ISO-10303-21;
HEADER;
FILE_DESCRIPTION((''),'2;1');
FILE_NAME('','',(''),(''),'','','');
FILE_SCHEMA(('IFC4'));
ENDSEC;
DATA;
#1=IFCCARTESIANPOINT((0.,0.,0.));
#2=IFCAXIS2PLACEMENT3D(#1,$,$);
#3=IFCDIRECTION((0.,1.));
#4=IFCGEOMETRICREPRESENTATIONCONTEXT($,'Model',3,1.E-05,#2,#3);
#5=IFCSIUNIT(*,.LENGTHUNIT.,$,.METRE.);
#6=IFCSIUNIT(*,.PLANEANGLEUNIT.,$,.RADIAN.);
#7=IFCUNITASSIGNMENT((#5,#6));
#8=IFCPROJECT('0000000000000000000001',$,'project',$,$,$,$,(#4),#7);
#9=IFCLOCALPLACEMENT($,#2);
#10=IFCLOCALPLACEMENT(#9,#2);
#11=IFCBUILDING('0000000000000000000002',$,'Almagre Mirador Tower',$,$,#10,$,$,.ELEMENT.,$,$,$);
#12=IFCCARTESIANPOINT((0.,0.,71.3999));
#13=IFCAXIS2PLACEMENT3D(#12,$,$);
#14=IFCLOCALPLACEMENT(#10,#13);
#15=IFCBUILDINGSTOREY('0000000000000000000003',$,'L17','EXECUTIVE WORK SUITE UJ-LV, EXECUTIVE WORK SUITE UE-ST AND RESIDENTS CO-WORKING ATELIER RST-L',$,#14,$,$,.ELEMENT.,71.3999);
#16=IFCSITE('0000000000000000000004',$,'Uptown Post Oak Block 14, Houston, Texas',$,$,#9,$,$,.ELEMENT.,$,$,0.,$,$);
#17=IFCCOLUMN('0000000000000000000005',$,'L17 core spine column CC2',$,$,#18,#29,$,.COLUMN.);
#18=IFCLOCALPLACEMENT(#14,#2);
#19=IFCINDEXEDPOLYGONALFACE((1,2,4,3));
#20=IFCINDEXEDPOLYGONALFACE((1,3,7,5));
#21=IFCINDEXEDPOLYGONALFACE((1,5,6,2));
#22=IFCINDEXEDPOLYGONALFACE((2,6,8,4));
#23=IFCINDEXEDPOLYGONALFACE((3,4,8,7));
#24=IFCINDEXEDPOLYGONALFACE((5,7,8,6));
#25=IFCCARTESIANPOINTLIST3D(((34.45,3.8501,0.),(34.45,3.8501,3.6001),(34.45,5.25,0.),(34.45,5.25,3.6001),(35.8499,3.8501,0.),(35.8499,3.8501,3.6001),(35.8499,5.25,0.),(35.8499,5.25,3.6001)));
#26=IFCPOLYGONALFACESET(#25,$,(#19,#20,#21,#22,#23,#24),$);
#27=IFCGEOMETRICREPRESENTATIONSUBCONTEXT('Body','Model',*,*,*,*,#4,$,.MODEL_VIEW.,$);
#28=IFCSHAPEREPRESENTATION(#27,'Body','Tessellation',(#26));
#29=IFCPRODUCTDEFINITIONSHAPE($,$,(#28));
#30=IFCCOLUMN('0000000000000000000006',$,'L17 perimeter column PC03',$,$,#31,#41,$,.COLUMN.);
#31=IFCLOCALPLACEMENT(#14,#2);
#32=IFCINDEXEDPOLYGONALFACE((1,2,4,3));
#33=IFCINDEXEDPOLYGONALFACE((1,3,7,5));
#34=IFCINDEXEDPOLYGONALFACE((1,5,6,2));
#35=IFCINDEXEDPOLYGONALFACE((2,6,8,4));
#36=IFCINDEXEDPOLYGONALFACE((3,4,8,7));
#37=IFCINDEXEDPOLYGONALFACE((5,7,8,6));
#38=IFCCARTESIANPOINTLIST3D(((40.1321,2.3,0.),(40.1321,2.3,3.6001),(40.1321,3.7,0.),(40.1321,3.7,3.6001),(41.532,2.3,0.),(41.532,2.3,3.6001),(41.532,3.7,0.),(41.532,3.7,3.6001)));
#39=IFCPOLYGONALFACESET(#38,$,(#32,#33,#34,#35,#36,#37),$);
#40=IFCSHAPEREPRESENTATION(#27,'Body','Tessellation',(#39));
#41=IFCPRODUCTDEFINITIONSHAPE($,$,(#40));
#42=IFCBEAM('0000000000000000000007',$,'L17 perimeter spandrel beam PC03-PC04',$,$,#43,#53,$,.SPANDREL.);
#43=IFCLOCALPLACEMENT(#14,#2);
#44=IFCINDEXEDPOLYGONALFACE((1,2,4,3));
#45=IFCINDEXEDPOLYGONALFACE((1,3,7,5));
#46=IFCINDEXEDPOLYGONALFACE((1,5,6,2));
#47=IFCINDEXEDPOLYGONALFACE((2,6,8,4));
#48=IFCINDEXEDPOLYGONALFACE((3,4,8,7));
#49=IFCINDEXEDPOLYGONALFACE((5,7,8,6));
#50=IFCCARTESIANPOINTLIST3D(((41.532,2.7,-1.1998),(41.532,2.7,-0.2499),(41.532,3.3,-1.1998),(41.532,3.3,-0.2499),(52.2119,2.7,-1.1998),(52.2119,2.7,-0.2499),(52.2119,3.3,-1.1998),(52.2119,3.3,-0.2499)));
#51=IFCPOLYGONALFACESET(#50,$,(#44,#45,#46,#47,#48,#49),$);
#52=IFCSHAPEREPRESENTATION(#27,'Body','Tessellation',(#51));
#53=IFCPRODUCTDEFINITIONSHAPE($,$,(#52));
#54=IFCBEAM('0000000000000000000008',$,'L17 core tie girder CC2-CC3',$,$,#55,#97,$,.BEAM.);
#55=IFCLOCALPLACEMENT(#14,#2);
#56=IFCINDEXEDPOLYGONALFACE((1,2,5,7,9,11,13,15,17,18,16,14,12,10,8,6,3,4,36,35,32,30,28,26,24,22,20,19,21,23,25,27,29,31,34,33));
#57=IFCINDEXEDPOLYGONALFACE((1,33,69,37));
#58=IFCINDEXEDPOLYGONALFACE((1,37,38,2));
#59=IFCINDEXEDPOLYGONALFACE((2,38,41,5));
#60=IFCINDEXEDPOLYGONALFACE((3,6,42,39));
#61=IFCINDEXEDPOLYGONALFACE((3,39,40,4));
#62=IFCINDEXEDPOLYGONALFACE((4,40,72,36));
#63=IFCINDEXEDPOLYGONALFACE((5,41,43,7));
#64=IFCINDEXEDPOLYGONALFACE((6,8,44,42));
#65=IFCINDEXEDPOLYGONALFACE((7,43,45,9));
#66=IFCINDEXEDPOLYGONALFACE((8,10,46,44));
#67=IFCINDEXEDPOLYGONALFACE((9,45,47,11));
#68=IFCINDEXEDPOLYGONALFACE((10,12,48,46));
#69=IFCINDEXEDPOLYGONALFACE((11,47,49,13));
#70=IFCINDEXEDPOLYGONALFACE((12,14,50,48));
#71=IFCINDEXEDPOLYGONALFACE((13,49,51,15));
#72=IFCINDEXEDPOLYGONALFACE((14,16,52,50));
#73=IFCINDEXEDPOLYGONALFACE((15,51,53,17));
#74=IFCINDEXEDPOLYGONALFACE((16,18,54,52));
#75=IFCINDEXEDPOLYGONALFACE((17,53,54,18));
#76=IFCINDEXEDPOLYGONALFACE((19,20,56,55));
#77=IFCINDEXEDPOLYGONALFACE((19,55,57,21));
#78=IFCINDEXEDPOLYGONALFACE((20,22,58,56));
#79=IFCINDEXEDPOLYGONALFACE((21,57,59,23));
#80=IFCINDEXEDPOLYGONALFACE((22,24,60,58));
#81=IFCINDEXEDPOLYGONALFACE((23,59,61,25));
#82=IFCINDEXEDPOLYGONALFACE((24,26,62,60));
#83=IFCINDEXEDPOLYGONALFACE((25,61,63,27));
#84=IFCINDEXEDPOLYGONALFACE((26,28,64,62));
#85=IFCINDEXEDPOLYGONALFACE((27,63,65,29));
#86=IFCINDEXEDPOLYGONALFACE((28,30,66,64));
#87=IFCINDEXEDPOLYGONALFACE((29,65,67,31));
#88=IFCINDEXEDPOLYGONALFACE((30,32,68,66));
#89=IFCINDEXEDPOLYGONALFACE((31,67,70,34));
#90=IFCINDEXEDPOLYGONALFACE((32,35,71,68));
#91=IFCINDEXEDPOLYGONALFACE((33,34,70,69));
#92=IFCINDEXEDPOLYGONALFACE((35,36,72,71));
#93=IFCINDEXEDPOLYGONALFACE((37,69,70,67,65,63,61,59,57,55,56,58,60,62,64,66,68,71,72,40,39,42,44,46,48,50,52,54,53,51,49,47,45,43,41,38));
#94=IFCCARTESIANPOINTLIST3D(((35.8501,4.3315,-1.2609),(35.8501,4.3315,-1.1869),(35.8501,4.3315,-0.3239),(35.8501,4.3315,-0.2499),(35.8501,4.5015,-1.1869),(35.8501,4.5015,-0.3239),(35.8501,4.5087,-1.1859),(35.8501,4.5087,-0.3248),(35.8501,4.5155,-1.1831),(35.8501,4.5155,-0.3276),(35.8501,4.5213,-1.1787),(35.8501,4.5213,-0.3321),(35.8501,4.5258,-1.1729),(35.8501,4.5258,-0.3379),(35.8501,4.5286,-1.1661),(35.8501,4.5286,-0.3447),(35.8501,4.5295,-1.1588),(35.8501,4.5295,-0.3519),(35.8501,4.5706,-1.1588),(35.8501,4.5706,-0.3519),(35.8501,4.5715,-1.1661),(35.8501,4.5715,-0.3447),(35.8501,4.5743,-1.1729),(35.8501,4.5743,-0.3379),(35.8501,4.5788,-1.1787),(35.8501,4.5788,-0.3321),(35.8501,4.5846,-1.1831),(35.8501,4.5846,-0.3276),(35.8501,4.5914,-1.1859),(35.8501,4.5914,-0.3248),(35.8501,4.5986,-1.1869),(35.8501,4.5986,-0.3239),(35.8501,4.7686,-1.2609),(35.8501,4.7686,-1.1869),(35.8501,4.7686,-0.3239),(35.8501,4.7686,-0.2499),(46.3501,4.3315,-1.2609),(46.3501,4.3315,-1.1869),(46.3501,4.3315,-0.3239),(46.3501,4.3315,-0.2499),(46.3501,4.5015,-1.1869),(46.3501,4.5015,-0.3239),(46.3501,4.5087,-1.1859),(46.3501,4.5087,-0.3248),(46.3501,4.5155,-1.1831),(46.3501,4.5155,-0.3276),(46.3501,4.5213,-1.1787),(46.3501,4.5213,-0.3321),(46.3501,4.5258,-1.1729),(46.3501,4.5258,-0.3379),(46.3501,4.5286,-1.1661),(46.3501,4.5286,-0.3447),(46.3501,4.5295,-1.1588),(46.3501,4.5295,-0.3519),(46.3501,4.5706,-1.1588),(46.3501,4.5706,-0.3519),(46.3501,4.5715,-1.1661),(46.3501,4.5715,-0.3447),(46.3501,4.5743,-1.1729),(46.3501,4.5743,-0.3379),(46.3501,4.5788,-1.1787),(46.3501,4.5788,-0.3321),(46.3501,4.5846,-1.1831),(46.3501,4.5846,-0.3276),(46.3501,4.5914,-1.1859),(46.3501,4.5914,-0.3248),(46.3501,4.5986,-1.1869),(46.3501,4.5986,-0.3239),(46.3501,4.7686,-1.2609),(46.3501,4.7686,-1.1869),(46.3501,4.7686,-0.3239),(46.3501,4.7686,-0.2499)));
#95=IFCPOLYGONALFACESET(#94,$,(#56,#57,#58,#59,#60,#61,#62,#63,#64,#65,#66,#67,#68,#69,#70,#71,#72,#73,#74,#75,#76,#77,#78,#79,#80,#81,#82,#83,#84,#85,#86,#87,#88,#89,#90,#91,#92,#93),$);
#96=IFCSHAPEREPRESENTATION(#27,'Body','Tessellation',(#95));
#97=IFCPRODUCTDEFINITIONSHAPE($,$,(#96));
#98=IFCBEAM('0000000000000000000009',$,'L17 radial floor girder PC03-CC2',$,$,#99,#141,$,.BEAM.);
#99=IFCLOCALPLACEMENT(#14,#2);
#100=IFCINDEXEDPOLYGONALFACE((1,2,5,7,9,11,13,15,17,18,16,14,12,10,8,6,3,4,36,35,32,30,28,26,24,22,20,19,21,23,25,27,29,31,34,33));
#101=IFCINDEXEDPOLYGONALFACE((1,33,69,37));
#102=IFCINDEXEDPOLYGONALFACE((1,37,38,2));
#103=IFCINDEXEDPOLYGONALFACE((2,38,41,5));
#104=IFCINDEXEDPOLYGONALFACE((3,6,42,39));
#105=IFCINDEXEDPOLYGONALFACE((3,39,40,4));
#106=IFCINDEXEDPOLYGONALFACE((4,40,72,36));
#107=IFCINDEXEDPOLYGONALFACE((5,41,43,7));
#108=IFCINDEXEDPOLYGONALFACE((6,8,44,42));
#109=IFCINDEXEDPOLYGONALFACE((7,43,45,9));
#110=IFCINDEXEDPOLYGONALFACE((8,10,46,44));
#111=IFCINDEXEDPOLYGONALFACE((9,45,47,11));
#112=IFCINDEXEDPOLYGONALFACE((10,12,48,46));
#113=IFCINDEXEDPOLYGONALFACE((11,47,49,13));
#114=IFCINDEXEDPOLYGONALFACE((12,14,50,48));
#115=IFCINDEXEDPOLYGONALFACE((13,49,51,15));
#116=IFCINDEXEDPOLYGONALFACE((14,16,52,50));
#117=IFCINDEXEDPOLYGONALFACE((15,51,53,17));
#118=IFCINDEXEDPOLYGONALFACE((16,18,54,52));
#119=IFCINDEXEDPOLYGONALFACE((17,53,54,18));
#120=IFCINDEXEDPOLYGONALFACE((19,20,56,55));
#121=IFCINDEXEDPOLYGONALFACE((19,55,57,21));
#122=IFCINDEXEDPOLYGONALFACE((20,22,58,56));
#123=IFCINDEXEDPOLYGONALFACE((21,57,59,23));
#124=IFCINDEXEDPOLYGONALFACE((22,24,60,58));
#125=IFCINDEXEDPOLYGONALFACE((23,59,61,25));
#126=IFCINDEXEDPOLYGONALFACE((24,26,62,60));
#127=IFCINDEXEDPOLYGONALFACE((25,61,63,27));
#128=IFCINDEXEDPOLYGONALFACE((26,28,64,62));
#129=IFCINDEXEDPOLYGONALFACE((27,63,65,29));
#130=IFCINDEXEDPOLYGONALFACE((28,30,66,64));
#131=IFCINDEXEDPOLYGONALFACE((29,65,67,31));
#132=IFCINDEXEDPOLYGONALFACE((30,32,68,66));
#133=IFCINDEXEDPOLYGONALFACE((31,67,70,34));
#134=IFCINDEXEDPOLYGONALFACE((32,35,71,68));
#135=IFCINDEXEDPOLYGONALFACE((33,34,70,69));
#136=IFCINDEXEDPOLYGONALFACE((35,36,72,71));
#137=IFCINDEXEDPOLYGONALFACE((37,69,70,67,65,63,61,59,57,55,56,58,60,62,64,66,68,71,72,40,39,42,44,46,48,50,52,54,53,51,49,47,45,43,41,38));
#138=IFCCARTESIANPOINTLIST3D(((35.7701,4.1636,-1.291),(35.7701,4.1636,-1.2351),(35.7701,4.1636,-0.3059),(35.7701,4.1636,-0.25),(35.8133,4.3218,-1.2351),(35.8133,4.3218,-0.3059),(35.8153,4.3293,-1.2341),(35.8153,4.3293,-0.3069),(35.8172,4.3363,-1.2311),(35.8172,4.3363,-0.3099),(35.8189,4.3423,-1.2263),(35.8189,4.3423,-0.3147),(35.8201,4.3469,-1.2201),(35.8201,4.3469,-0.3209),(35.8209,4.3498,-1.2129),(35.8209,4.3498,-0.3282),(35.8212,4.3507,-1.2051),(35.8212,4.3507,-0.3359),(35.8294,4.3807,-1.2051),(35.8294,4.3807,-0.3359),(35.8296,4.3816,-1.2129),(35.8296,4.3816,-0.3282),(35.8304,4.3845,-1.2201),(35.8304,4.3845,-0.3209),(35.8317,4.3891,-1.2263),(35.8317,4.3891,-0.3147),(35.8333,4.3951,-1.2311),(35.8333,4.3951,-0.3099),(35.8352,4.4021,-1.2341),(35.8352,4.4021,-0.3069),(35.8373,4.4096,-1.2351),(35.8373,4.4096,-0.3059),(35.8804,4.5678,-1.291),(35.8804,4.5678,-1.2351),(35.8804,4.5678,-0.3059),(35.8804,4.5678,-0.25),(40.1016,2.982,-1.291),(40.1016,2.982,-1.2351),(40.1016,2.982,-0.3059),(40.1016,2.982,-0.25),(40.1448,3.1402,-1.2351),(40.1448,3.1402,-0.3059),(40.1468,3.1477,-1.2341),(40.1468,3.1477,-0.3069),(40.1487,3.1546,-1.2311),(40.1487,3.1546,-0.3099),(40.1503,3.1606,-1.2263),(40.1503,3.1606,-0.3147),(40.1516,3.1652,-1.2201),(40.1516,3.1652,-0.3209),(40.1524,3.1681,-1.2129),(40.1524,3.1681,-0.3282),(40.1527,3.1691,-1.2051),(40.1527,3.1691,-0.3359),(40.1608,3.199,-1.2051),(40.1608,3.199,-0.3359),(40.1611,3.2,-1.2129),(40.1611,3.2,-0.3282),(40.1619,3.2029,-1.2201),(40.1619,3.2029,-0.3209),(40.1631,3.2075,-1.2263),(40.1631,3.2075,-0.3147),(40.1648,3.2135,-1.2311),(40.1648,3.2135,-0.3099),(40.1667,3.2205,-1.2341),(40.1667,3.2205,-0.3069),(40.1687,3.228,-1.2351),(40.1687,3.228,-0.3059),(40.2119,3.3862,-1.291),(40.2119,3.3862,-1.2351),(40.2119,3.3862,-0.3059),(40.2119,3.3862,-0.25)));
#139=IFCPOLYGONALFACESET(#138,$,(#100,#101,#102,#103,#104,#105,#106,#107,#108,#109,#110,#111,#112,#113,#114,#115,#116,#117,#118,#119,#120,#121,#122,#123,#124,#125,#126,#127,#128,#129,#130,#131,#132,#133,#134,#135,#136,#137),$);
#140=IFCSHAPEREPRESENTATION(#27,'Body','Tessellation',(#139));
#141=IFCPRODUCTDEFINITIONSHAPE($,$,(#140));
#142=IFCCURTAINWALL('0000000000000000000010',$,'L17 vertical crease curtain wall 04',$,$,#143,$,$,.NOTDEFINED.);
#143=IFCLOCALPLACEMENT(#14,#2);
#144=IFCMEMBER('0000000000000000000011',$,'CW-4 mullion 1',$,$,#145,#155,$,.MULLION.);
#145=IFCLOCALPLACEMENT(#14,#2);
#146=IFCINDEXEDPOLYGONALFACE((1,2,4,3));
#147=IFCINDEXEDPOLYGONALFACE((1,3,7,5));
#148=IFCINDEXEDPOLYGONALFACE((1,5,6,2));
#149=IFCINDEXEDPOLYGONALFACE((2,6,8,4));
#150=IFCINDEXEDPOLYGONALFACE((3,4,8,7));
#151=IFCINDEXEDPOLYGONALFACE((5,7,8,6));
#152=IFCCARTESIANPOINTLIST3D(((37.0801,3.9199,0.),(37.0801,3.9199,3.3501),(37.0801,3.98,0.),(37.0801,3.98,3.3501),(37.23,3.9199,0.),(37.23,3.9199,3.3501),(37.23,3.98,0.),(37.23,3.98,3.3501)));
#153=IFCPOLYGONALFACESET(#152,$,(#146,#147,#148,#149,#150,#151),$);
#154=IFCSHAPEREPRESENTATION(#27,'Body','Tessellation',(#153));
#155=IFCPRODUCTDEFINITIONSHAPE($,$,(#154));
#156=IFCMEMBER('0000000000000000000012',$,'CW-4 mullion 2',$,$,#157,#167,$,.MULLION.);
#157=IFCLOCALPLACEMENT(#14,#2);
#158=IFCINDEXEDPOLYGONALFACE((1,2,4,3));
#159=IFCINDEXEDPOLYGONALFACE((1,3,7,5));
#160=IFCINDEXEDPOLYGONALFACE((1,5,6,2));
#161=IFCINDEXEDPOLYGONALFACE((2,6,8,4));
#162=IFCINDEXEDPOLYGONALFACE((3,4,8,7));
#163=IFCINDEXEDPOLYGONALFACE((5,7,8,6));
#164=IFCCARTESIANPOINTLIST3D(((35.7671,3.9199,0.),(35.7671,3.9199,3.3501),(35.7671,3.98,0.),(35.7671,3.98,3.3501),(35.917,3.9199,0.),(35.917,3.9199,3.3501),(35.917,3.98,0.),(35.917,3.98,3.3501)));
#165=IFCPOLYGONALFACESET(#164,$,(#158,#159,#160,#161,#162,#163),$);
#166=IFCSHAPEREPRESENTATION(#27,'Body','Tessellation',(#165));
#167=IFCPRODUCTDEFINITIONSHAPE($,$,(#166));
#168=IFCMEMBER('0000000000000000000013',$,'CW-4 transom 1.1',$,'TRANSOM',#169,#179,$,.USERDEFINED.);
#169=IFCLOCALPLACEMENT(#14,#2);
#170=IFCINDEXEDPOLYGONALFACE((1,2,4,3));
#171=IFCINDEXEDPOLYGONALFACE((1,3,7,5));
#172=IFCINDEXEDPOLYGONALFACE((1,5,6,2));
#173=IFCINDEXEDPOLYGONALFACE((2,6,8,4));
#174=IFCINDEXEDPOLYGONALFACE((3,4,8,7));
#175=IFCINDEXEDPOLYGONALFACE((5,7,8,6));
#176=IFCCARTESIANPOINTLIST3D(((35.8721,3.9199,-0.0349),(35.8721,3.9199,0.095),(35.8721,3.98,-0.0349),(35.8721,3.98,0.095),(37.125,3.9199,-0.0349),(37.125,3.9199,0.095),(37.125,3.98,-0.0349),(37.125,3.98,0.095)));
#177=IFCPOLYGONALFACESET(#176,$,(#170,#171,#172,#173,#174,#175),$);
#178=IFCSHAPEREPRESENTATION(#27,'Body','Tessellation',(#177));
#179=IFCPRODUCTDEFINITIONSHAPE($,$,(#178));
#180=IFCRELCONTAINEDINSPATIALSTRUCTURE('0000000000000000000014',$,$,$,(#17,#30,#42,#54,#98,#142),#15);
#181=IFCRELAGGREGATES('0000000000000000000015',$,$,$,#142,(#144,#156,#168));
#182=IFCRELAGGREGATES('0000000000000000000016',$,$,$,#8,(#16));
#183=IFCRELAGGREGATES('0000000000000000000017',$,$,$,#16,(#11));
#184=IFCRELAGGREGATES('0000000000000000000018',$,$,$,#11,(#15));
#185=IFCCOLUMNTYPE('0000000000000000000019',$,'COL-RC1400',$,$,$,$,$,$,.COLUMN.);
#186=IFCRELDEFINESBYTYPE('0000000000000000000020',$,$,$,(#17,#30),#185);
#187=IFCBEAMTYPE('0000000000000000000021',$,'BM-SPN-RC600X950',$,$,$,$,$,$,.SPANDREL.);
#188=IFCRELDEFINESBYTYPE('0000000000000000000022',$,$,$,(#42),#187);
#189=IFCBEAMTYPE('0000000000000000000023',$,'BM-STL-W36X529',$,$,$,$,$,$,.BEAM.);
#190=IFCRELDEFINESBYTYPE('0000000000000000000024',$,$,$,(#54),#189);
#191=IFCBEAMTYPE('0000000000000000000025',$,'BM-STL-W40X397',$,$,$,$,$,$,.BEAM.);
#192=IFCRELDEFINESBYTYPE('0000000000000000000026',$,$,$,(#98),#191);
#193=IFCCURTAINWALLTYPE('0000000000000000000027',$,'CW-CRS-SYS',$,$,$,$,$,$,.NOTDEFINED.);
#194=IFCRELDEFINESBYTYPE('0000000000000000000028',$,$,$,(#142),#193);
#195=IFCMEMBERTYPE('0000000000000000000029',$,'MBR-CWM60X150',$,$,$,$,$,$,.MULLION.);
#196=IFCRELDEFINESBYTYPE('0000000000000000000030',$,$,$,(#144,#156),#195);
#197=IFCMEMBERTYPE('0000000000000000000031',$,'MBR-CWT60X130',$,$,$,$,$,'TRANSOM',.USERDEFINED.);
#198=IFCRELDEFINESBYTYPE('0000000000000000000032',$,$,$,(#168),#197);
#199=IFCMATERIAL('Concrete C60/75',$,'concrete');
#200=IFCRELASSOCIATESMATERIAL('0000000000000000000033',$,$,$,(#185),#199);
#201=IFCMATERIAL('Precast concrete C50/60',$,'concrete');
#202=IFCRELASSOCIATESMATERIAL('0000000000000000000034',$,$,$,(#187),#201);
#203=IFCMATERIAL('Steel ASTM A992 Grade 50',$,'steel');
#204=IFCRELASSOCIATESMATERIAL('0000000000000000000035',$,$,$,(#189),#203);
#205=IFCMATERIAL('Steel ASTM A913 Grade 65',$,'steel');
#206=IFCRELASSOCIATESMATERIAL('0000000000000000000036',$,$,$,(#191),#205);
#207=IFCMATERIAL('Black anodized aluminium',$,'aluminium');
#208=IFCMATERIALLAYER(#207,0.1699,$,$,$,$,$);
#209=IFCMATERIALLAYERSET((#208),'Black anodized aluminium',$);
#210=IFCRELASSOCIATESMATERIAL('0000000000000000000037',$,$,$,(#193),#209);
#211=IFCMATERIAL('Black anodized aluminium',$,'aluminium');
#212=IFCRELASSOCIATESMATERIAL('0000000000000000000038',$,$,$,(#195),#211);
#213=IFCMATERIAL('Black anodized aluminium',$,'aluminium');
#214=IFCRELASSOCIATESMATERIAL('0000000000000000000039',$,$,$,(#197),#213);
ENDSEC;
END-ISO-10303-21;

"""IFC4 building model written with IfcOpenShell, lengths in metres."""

from ifc_helpers import new_model, si_unit, direction, frame, origin, origin_2d, place, context, subcontext, project, spatial, rectangle, i_section, extrude, material, layer, layer_set, material_profile, profile_set, type_object, element, aggregate, save


model = new_model("IFC4")

# Units and contexts
model_context = context("Model", 3, precision=1e-05, world=origin(), true_north=direction((0.0, 1.0)))
body_context = subcontext(model_context, "Body", "Model", "MODEL_VIEW")
ifc_project = project(units=[si_unit("LENGTHUNIT", "METRE"), si_unit("PLANEANGLEUNIT", "RADIAN")], contexts=[model_context])

# Site, building, storey
site_placement = place(None, origin())
site = spatial("IfcSite", under=ifc_project, at=site_placement, Name="Uptown Post Oak Block 14, Houston, Texas", CompositionType="ELEMENT", RefElevation=0.0)
building_placement = place(site_placement, origin())
building = spatial("IfcBuilding", under=site, at=building_placement, Name="Almagre Mirador Tower", CompositionType="ELEMENT")
storey_placement = place(building_placement, frame((0.0, 0.0, 71.3999)))
storey = spatial("IfcBuildingStorey", under=building, at=storey_placement, Name="L17", Description="EXECUTIVE WORK SUITE UJ-LV, EXECUTIVE WORK SUITE UE-ST AND RESIDENTS CO-WORKING ATELIER RST-L", CompositionType="ELEMENT", Elevation=71.3999)

# Columns
ifc_material_1 = material(Name="Concrete C60/75", Category="concrete")
ifc_material_profile_1 = material_profile(ifc_material_1, rectangle(XDim=1.3999, YDim=1.3999, at=origin_2d()), Name="RC1400X1400")
ifc_profile_set_1 = profile_set([ifc_material_profile_1], Name="Concrete C60/75")
column_type = type_object("IfcColumnType", Name="COL-RC1400", PredefinedType="COLUMN", material=ifc_profile_set_1)
for number, where, z_axis, x_axis, name in (
    (1, (35.1499, 4.55, 0.0), (0.0, 0.0, 1.0), (1.0, 0.0, 0.0), "L17 core spine column CC2"),
    (2, (40.832, 3.0, 0.0), (0.0, 0.0, 1.0), (1.0, 0.0, 0.0), "L17 perimeter column PC03"),
):
    element("IfcColumn", number, at=place(storey_placement, frame(where, z_axis=z_axis, x_axis=x_axis)), inside=storey, type_object=column_type, Name=name, PredefinedType="COLUMN", context=body_context, shape_type="SweptSolid", body=[
        extrude(rectangle(XDim=1.3999, YDim=1.3999, at=origin_2d()), origin(), (0.0, 0.0, 1.0), 3.6001),
    ])

# Beams
ifc_material_2 = material(Name="Precast concrete C50/60", Category="concrete")
ifc_material_profile_2 = material_profile(ifc_material_2, rectangle(XDim=0.6001, YDim=0.95, at=origin_2d()), Name="RC600X950")
ifc_profile_set_2 = profile_set([ifc_material_profile_2], Name="Precast concrete C50/60")
beam_type_1 = type_object("IfcBeamType", Name="BM-SPN-RC600X950", PredefinedType="SPANDREL", material=ifc_profile_set_2)
beam_1_placement = place(storey_placement, frame((41.532, 3.0, -0.7249), z_axis=(1.0, 0.0, 0.0), x_axis=(0.0, 1.0, 0.0)))
element("IfcBeam", 3, at=beam_1_placement, inside=storey, type_object=beam_type_1, Name="L17 perimeter spandrel beam PC03-PC04", PredefinedType="SPANDREL", context=body_context, shape_type="SweptSolid", body=[
    extrude(rectangle(XDim=0.6001, YDim=0.95, at=origin_2d()), origin(), (0.0, 0.0, 1.0), 10.6799),
])
ifc_material_3 = material(Name="Steel ASTM A992 Grade 50", Category="steel")
ifc_material_profile_3 = material_profile(ifc_material_3, i_section(OverallWidth=0.437, OverallDepth=1.011, WebThickness=0.041, FlangeThickness=0.074, FilletRadius=0.0281, at=origin_2d()), Name="W36X529")
ifc_profile_set_3 = profile_set([ifc_material_profile_3], Name="Steel ASTM A992 Grade 50")
beam_type_2 = type_object("IfcBeamType", Name="BM-STL-W36X529", PredefinedType="BEAM", material=ifc_profile_set_3)
beam_2_placement = place(storey_placement, frame((35.8501, 4.55, -0.7554), z_axis=(1.0, 0.0, 0.0), x_axis=(0.0, 1.0, 0.0)))
element("IfcBeam", 4, at=beam_2_placement, inside=storey, type_object=beam_type_2, Name="L17 core tie girder CC2-CC3", PredefinedType="BEAM", context=body_context, shape_type="SweptSolid", body=[
    extrude(i_section(OverallWidth=0.437, OverallDepth=1.011, WebThickness=0.041, FlangeThickness=0.074, FilletRadius=0.0281, at=origin_2d()), origin(), (0.0, 0.0, 1.0), 10.5),
])
ifc_material_4 = material(Name="Steel ASTM A913 Grade 65", Category="steel")
ifc_material_profile_4 = material_profile(ifc_material_4, i_section(OverallWidth=0.4189, OverallDepth=1.041, WebThickness=0.031, FlangeThickness=0.0559, FilletRadius=0.03, at=origin_2d()), Name="W40X397")
ifc_profile_set_4 = profile_set([ifc_material_profile_4], Name="Steel ASTM A913 Grade 65")
beam_type_3 = type_object("IfcBeamType", Name="BM-STL-W40X397", PredefinedType="BEAM", material=ifc_profile_set_4)
beam_3_placement = place(storey_placement, frame((40.1567, 3.1841, -0.7705), z_axis=(-0.964746, 0.263182, 0.0), x_axis=(-0.263182, -0.964746, 0.0)))
element("IfcBeam", 5, at=beam_3_placement, inside=storey, type_object=beam_type_3, Name="L17 radial floor girder PC03-CC2", PredefinedType="BEAM", context=body_context, shape_type="SweptSolid", body=[
    extrude(i_section(OverallWidth=0.4189, OverallDepth=1.041, WebThickness=0.031, FlangeThickness=0.0559, FilletRadius=0.03, at=origin_2d()), origin(), (0.0, 0.0, 1.0), 4.4897),
])

# Curtain wall, members
ifc_material_5 = material(Name="Black anodized aluminium", Category="aluminium")
ifc_layer_1 = layer(ifc_material_5, 0.1699)
ifc_layer_set_1 = layer_set([ifc_layer_1], Name="Black anodized aluminium")
curtain_wall_type = type_object("IfcCurtainWallType", Name="CW-CRS-SYS", PredefinedType="NOTDEFINED", material=ifc_layer_set_1)
curtain_wall_placement = place(storey_placement, origin())
curtain_wall = element("IfcCurtainWall", 6, at=curtain_wall_placement, inside=storey, type_object=curtain_wall_type, Name="L17 vertical crease curtain wall 04", PredefinedType="NOTDEFINED")
ifc_material_6 = material(Name="Black anodized aluminium", Category="aluminium")
ifc_material_profile_5 = material_profile(ifc_material_6, rectangle(XDim=0.0601, YDim=0.1499, at=origin_2d()), Name="CWM60X150")
ifc_profile_set_5 = profile_set([ifc_material_profile_5], Name="Black anodized aluminium")
member_type_1 = type_object("IfcMemberType", Name="MBR-CWM60X150", PredefinedType="MULLION", material=ifc_profile_set_5)
member_1_placement = place(storey_placement, frame((37.155, 3.95, 0.0), z_axis=(0.0, 0.0, 1.0), x_axis=(0.0, -1.0, 0.0)))
member_1 = element("IfcMember", 7, at=member_1_placement, type_object=member_type_1, Name="CW-4 mullion 1", PredefinedType="MULLION", context=body_context, shape_type="SweptSolid", body=[
    extrude(rectangle(XDim=0.0601, YDim=0.1499, at=origin_2d()), origin(), (0.0, 0.0, 1.0), 3.3501),
])
member_2_placement = place(storey_placement, frame((35.842, 3.95, 0.0), z_axis=(0.0, 0.0, 1.0), x_axis=(0.0, -1.0, 0.0)))
member_2 = element("IfcMember", 8, at=member_2_placement, type_object=member_type_1, Name="CW-4 mullion 2", PredefinedType="MULLION", context=body_context, shape_type="SweptSolid", body=[
    extrude(rectangle(XDim=0.0601, YDim=0.1499, at=origin_2d()), origin(), (0.0, 0.0, 1.0), 3.3501),
])
ifc_material_7 = material(Name="Black anodized aluminium", Category="aluminium")
ifc_material_profile_6 = material_profile(ifc_material_7, rectangle(XDim=0.0601, YDim=0.1299, at=origin_2d()), Name="CWT60X130")
ifc_profile_set_6 = profile_set([ifc_material_profile_6], Name="Black anodized aluminium")
member_type_2 = type_object("IfcMemberType", Name="MBR-CWT60X130", ElementType="TRANSOM", PredefinedType="USERDEFINED", material=ifc_profile_set_6)
member_3_placement = place(storey_placement, frame((37.125, 3.95, 0.03), z_axis=(-1.0, 0.0, 0.0), x_axis=(0.0, -1.0, 0.0)))
member_3 = element("IfcMember", 9, at=member_3_placement, type_object=member_type_2, Name="CW-4 transom 1.1", ObjectType="TRANSOM", PredefinedType="USERDEFINED", context=body_context, shape_type="SweptSolid", body=[
    extrude(rectangle(XDim=0.0601, YDim=0.1299, at=origin_2d()), origin(), (0.0, 0.0, 1.0), 1.2529),
])
aggregate(curtain_wall, [member_1, member_2, member_3])

save(model, "model.ifc")
